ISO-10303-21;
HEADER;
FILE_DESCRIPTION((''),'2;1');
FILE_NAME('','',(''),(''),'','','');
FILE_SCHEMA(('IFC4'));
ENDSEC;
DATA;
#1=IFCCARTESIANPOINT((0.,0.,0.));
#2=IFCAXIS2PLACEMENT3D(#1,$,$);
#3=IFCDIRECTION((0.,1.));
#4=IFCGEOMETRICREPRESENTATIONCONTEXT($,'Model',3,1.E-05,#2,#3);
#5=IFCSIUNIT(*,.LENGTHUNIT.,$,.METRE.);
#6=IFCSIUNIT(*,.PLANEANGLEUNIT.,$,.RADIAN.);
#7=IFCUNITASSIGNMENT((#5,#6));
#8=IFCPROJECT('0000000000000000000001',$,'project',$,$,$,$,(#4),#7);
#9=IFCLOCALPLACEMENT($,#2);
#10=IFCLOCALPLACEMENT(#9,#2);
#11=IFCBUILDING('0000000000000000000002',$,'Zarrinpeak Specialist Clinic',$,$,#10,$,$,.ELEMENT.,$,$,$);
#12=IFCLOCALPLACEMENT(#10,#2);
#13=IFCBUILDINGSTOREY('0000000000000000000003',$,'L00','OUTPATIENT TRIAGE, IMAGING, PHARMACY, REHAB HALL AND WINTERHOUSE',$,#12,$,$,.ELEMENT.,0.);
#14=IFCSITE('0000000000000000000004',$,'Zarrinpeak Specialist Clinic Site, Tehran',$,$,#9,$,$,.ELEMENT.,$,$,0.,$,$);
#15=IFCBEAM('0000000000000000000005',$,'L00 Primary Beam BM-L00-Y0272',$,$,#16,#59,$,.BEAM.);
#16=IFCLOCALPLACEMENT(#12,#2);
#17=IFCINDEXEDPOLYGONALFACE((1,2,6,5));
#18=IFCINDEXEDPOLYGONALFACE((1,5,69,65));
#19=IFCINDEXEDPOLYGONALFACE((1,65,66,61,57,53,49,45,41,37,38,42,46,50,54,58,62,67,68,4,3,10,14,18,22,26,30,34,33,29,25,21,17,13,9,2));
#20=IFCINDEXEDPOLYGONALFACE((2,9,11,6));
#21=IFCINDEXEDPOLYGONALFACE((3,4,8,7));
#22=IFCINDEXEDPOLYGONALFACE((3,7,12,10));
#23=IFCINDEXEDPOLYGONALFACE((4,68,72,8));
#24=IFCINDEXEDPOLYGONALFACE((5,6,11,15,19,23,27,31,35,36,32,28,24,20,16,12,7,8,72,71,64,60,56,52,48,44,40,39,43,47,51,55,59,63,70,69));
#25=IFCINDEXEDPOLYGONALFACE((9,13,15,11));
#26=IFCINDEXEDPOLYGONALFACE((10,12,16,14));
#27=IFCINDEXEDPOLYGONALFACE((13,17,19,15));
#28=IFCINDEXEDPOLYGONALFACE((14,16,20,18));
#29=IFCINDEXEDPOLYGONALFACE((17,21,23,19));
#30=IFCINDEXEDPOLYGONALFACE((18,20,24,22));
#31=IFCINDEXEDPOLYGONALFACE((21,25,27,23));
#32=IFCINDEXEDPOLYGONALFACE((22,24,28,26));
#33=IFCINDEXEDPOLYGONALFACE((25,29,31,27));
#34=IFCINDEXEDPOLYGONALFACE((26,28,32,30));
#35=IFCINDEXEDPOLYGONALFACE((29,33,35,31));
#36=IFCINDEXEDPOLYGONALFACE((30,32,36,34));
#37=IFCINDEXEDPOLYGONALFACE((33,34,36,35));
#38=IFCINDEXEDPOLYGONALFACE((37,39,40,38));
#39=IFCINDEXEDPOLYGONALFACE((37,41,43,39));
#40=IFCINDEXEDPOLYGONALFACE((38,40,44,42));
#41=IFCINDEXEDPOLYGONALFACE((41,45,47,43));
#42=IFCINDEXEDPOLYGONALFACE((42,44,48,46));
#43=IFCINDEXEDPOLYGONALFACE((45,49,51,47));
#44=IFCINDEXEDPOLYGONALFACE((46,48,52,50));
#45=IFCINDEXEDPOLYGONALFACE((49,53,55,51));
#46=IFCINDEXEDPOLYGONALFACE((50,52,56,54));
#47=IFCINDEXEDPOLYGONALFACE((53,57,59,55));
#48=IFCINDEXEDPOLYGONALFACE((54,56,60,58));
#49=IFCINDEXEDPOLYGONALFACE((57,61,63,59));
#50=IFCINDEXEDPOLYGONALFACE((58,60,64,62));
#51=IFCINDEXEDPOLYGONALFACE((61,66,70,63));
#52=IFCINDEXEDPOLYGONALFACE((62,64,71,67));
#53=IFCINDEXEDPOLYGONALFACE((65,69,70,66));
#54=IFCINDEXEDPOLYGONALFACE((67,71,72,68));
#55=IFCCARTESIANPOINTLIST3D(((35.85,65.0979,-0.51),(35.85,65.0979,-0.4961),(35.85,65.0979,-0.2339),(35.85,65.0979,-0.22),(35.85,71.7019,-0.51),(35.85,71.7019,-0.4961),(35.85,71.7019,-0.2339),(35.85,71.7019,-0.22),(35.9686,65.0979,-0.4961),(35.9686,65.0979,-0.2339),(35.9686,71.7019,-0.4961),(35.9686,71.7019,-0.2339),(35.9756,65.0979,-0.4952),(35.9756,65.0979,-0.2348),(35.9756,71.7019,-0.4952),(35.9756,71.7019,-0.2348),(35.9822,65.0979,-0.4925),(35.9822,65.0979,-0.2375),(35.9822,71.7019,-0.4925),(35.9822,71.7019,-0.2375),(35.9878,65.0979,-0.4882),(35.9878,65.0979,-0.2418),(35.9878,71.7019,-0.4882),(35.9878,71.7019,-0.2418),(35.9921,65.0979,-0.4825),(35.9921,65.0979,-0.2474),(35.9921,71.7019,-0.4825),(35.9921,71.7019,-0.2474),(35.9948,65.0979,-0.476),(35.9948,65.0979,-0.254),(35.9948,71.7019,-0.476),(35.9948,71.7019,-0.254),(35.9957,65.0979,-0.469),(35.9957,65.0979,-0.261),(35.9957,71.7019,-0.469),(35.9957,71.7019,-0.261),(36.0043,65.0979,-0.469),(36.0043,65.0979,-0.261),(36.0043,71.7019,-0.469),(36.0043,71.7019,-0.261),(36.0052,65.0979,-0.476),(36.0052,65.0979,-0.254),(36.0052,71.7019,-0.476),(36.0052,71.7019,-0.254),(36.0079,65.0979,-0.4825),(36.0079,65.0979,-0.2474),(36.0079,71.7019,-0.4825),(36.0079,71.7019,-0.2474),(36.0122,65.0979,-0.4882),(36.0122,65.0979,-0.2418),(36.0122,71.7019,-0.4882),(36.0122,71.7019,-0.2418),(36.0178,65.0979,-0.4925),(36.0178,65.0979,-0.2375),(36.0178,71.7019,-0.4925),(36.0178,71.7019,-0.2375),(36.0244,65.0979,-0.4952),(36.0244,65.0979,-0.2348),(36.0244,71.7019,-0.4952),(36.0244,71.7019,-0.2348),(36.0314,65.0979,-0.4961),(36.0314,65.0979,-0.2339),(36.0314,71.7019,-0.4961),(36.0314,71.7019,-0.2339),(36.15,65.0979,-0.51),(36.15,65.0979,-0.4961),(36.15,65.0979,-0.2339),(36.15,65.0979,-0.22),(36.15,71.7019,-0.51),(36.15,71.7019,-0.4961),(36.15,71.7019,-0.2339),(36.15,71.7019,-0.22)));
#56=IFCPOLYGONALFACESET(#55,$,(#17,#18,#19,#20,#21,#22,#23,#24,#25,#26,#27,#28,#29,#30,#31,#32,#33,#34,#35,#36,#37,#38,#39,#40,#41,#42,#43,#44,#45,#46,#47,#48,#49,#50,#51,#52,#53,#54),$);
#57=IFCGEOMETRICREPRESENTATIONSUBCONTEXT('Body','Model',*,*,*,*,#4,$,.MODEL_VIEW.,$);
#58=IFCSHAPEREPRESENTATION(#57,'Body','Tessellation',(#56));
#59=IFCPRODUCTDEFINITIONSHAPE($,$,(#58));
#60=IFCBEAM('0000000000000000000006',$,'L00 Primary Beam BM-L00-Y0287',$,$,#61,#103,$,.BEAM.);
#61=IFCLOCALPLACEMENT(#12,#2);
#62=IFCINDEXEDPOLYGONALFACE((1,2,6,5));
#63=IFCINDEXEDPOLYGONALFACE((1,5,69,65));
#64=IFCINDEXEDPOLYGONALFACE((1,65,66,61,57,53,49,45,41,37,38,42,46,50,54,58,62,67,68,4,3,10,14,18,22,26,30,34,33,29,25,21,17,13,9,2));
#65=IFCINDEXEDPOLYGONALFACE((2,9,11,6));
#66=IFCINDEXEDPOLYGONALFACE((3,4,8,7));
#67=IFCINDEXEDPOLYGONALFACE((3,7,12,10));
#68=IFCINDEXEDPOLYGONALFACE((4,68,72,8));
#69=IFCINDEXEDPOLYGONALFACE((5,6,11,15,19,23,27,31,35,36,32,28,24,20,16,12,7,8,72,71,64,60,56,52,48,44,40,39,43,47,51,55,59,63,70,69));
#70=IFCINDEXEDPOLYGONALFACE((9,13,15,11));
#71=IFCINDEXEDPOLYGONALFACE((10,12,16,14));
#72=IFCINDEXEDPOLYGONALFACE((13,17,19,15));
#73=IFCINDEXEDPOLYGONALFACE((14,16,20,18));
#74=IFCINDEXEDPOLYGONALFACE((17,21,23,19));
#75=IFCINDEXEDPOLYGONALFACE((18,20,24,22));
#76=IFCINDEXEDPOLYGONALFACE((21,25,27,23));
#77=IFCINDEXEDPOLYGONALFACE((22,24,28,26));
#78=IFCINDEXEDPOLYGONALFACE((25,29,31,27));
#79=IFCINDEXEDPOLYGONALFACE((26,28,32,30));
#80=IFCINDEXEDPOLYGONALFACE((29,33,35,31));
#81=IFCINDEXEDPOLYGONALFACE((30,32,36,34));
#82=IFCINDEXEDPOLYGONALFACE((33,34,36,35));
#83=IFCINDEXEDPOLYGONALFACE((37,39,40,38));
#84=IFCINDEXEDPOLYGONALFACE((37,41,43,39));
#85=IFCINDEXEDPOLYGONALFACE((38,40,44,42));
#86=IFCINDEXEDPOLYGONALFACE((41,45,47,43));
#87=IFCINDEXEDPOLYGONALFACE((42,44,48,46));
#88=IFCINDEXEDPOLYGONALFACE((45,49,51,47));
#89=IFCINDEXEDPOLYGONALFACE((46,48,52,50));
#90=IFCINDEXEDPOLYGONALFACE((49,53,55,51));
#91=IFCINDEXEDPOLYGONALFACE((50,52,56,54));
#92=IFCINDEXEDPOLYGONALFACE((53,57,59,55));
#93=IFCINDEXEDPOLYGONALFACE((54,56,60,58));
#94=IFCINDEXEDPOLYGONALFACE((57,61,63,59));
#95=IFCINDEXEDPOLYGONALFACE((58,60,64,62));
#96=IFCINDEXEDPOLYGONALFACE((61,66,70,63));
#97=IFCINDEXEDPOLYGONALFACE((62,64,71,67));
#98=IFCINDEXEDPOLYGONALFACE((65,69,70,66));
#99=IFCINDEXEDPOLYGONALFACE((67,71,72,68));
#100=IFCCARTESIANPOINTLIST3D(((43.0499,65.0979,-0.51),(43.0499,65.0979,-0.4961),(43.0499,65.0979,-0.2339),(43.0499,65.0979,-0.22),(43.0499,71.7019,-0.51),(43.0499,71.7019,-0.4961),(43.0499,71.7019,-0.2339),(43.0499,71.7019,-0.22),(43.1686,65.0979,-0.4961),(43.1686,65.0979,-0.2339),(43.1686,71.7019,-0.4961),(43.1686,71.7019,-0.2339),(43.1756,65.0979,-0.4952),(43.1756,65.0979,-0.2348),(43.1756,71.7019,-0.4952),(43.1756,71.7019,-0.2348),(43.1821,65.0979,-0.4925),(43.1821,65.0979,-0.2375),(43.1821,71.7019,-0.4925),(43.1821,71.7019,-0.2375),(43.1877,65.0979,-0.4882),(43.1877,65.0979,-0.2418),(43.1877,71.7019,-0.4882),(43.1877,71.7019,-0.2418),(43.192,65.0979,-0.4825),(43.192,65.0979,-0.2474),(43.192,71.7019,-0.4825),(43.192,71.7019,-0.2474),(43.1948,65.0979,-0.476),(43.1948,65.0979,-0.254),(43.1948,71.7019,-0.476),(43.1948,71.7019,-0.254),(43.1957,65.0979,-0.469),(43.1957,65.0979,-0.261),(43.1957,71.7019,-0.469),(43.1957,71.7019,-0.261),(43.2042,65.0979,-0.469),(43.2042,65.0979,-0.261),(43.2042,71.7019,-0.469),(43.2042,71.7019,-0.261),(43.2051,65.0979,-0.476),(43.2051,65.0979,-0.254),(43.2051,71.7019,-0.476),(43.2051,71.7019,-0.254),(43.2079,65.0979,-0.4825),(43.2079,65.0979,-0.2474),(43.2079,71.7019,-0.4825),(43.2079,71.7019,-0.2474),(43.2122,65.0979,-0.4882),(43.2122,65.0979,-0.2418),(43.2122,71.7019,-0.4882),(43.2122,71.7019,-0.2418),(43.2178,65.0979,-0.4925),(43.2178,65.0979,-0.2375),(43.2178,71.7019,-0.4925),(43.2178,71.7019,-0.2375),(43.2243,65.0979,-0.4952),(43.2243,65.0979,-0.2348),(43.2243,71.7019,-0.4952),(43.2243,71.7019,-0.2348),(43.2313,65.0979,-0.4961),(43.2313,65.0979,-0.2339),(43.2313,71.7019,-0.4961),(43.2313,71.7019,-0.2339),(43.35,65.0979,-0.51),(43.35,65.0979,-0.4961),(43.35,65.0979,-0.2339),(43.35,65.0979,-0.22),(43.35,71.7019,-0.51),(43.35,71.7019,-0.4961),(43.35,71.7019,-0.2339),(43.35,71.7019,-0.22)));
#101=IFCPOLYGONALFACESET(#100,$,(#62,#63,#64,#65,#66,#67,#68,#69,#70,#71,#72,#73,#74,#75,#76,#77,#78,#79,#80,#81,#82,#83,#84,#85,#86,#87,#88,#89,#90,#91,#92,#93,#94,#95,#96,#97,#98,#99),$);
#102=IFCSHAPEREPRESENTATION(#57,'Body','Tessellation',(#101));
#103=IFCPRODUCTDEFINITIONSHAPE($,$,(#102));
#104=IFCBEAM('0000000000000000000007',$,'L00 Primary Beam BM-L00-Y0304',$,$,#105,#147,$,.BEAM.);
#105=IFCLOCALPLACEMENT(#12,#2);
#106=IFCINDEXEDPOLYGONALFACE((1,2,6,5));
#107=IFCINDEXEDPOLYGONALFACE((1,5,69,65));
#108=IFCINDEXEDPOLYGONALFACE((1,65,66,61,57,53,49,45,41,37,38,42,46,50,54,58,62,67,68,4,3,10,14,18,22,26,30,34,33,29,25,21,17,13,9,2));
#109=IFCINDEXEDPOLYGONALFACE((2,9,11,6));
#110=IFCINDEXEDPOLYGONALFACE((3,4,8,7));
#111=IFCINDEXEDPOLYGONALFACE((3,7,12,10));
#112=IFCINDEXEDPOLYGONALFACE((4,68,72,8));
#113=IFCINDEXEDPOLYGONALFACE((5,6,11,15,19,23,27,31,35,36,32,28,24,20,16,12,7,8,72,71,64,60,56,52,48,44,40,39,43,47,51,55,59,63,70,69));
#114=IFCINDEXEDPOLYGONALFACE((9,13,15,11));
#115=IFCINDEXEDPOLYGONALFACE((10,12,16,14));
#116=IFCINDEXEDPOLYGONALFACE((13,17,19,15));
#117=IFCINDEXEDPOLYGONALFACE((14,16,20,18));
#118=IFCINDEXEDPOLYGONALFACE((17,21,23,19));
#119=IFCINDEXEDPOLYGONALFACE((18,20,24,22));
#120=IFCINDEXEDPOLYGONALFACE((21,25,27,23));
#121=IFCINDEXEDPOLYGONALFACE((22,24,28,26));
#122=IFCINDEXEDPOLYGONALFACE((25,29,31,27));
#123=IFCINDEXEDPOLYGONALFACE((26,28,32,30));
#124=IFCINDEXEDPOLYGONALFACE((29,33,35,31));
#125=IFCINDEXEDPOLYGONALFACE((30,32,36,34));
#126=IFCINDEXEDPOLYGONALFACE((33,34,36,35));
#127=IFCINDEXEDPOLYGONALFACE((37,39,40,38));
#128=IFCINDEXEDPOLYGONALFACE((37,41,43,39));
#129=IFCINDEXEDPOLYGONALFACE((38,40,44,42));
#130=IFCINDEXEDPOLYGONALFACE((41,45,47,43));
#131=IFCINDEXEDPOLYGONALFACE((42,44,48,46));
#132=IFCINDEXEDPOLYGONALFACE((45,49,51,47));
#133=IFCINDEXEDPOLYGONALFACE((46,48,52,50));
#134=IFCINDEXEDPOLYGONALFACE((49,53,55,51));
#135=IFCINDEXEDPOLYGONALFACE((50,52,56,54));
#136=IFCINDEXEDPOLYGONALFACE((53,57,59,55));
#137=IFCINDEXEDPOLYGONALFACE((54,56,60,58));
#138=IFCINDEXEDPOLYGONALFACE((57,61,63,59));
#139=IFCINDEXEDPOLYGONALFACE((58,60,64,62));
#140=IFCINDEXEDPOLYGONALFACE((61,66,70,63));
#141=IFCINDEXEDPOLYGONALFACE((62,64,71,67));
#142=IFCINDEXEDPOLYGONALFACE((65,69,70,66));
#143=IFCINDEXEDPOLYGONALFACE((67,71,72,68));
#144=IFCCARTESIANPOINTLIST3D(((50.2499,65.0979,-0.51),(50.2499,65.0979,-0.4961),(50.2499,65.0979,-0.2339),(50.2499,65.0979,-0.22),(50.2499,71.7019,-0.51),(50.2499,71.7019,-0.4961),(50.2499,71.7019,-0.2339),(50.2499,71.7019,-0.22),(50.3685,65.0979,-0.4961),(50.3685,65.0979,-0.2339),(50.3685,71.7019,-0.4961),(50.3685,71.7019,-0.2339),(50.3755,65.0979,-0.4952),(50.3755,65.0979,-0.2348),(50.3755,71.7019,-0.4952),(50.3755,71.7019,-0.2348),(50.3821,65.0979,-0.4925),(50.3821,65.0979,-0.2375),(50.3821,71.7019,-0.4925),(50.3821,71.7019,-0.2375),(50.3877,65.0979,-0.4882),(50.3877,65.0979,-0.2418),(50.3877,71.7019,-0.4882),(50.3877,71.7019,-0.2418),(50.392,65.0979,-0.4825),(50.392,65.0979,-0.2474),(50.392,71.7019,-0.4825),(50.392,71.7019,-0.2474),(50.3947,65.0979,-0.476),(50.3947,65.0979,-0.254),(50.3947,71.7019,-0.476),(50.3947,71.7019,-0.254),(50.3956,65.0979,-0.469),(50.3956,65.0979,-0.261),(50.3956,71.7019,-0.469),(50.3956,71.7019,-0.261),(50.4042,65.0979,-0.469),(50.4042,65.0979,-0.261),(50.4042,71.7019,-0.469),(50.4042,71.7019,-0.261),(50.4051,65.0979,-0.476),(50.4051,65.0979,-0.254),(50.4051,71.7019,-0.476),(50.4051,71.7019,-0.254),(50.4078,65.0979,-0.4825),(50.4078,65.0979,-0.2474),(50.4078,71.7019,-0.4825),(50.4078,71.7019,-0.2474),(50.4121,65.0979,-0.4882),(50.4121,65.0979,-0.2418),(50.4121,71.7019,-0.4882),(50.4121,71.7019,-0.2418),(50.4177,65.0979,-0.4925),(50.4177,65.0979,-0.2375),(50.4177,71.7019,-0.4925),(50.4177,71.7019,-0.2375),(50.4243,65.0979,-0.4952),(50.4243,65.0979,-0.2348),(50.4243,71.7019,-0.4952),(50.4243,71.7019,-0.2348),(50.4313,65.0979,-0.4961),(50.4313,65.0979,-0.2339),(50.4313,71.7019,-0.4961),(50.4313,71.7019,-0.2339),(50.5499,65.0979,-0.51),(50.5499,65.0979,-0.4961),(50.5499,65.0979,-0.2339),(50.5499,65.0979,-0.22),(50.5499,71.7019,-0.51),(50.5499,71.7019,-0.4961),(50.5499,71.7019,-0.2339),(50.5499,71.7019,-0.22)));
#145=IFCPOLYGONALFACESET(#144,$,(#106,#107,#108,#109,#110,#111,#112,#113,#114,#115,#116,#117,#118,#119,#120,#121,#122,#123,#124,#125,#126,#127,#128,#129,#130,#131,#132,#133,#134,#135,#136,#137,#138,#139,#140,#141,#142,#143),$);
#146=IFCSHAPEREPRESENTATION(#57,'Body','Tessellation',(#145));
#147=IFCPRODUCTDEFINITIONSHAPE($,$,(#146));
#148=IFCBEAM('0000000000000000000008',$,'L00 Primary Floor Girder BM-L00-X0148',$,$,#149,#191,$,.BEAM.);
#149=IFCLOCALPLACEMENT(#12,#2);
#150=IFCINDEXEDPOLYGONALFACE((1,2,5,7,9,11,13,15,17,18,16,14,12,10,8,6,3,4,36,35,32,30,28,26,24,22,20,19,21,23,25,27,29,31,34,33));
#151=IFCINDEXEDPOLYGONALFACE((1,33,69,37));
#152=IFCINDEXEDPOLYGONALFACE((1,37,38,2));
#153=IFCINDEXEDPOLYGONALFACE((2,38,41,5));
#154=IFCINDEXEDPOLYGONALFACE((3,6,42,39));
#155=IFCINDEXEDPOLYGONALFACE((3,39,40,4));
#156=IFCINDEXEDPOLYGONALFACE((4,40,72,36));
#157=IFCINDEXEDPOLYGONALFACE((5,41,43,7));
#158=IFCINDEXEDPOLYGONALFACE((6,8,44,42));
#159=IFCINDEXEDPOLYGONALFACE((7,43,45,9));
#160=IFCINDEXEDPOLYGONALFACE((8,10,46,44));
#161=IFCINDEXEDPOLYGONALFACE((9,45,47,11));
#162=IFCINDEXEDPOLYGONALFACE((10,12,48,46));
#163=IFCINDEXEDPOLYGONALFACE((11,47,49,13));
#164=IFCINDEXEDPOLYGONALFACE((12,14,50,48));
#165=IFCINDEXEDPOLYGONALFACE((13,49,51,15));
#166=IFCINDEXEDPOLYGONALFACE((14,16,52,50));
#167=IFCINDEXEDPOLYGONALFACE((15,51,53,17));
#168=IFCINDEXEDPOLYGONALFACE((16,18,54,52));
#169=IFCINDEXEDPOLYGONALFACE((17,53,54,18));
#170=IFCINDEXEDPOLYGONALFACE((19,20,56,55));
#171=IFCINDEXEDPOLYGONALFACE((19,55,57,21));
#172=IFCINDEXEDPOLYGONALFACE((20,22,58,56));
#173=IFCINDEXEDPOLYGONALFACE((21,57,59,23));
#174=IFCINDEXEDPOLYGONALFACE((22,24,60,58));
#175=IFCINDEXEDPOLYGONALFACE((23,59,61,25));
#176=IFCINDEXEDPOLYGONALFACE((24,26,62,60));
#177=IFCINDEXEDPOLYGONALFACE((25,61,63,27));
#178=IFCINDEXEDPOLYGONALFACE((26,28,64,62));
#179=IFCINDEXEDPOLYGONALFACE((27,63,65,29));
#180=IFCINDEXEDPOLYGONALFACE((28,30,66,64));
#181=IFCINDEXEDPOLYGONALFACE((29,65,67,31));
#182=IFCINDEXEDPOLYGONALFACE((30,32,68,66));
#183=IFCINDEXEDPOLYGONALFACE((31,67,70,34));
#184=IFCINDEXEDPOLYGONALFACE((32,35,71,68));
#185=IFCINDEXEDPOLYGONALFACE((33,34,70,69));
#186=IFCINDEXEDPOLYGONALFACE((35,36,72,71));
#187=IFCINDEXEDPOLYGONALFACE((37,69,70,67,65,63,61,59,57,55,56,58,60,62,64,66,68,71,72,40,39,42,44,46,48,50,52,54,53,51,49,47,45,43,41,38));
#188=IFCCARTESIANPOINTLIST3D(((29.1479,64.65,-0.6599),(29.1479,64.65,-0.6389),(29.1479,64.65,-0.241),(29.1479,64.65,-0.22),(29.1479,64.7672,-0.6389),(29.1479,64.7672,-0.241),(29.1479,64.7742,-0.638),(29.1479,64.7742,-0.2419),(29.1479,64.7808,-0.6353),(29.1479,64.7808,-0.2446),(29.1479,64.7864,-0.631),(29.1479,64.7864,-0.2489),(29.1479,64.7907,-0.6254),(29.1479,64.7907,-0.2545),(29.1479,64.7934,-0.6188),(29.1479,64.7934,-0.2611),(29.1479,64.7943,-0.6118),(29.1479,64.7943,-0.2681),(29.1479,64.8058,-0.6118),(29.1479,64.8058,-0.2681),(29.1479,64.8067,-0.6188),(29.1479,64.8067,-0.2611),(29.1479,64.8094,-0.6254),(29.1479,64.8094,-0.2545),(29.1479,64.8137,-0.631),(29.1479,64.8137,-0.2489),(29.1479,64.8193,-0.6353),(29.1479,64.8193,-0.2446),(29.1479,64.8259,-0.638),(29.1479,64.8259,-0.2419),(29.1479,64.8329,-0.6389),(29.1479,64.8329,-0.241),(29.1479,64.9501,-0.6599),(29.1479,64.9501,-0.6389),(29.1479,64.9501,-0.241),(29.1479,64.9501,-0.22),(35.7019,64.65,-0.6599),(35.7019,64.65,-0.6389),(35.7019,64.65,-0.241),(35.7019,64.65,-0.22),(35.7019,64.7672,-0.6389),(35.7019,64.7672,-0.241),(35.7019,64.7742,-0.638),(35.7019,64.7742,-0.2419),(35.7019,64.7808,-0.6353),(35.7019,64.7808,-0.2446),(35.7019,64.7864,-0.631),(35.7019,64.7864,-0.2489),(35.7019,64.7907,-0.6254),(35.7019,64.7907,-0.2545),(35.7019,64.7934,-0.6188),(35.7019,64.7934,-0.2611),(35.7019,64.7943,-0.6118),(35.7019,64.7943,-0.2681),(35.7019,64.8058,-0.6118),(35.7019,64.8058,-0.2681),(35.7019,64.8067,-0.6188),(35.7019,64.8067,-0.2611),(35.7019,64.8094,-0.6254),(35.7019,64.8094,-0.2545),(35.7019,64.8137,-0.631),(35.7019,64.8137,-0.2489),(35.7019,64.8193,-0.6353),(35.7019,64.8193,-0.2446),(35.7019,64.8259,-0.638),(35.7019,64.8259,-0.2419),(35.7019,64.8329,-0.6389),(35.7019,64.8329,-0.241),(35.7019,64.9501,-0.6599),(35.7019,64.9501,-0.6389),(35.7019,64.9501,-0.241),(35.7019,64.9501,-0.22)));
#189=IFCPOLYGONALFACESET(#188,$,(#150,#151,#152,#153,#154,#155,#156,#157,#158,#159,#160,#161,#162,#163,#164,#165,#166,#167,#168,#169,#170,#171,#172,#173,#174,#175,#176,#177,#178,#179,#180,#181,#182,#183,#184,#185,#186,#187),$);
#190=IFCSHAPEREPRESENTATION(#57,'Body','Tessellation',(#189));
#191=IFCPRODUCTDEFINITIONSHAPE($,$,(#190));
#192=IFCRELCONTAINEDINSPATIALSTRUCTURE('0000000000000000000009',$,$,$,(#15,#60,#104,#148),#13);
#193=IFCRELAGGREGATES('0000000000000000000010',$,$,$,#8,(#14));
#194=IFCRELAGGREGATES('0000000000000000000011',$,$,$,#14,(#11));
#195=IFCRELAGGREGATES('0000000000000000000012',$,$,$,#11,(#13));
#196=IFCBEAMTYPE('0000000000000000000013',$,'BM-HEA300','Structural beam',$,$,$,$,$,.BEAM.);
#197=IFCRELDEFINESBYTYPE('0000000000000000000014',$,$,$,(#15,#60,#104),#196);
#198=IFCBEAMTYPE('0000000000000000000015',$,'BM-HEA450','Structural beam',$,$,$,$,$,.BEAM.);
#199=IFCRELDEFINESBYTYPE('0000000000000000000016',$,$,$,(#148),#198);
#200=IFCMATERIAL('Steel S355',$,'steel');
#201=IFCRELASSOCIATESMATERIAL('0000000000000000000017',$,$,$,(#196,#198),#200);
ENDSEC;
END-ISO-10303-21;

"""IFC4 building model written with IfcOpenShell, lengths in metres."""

from ifc_helpers import new_model, si_unit, direction, frame, origin, origin_2d, place, context, subcontext, project, spatial, i_section, extrude, material, material_profile, profile_set, type_object, element, save


model = new_model("IFC4")

# Units and contexts
model_context = context("Model", 3, precision=1e-05, world=origin(), true_north=direction((0.0, 1.0)))
body_context = subcontext(model_context, "Body", "Model", "MODEL_VIEW")
ifc_project = project(units=[si_unit("LENGTHUNIT", "METRE"), si_unit("PLANEANGLEUNIT", "RADIAN")], contexts=[model_context])

# Site, building, storey
site_placement = place(None, origin())
site = spatial("IfcSite", under=ifc_project, at=site_placement, Name="Zarrinpeak Specialist Clinic Site, Tehran", CompositionType="ELEMENT", RefElevation=0.0)
building_placement = place(site_placement, origin())
building = spatial("IfcBuilding", under=site, at=building_placement, Name="Zarrinpeak Specialist Clinic", CompositionType="ELEMENT")
storey_placement = place(building_placement, origin())
storey = spatial("IfcBuildingStorey", under=building, at=storey_placement, Name="L00", Description="OUTPATIENT TRIAGE, IMAGING, PHARMACY, REHAB HALL AND WINTERHOUSE", CompositionType="ELEMENT", Elevation=0.0)

# Beams
ifc_material_1 = material(Name="Steel S355", Category="steel")
ifc_material_profile_1 = material_profile(ifc_material_1, i_section(OverallWidth=0.3, OverallDepth=0.29, WebThickness=0.0085, FlangeThickness=0.0139, FilletRadius=0.0271, at=origin_2d()), Name="HEA 300")
ifc_profile_set_1 = profile_set([ifc_material_profile_1], Name="Steel S355")
beam_type_1 = type_object("IfcBeamType", Name="BM-HEA300", Description="Structural beam", PredefinedType="BEAM", material=ifc_profile_set_1)
for number, where, z_axis, x_axis, name in (
    (1, (36.0, 65.0979, -0.365), (0.0, 1.0, 0.0), (-1.0, 0.0, 0.0), "L00 Primary Beam BM-L00-Y0272"),
    (2, (43.2, 65.0979, -0.365), (0.0, 1.0, 0.0), (-1.0, 0.0, 0.0), "L00 Primary Beam BM-L00-Y0287"),
    (3, (50.3999, 65.0979, -0.365), (0.0, 1.0, 0.0), (-1.0, 0.0, 0.0), "L00 Primary Beam BM-L00-Y0304"),
):
    element("IfcBeam", number, at=place(storey_placement, frame(where, z_axis=z_axis, x_axis=x_axis)), inside=storey, type_object=beam_type_1, Name=name, PredefinedType="BEAM", context=body_context, shape_type="SweptSolid", body=[
        extrude(i_section(OverallWidth=0.3, OverallDepth=0.29, WebThickness=0.0085, FlangeThickness=0.0139, FilletRadius=0.0271, at=origin_2d()), origin(), (0.0, 0.0, 1.0), 6.604),
    ])
ifc_material_profile_2 = material_profile(ifc_material_1, i_section(OverallWidth=0.3, OverallDepth=0.4399, WebThickness=0.0115, FlangeThickness=0.021, FilletRadius=0.0271, at=origin_2d()), Name="HEA 450")
ifc_profile_set_2 = profile_set([ifc_material_profile_2], Name="Steel S355")
beam_type_2 = type_object("IfcBeamType", Name="BM-HEA450", Description="Structural beam", PredefinedType="BEAM", material=ifc_profile_set_2)
beam_placement = place(storey_placement, frame((29.1479, 64.8, -0.4399), z_axis=(1.0, 0.0, 0.0), x_axis=(0.0, 1.0, 0.0)))
element("IfcBeam", 4, at=beam_placement, inside=storey, type_object=beam_type_2, Name="L00 Primary Floor Girder BM-L00-X0148", PredefinedType="BEAM", context=body_context, shape_type="SweptSolid", body=[
    extrude(i_section(OverallWidth=0.3, OverallDepth=0.4399, WebThickness=0.0115, FlangeThickness=0.021, FilletRadius=0.0271, at=origin_2d()), origin(), (0.0, 0.0, 1.0), 6.554),
])

save(model, "model.ifc")
